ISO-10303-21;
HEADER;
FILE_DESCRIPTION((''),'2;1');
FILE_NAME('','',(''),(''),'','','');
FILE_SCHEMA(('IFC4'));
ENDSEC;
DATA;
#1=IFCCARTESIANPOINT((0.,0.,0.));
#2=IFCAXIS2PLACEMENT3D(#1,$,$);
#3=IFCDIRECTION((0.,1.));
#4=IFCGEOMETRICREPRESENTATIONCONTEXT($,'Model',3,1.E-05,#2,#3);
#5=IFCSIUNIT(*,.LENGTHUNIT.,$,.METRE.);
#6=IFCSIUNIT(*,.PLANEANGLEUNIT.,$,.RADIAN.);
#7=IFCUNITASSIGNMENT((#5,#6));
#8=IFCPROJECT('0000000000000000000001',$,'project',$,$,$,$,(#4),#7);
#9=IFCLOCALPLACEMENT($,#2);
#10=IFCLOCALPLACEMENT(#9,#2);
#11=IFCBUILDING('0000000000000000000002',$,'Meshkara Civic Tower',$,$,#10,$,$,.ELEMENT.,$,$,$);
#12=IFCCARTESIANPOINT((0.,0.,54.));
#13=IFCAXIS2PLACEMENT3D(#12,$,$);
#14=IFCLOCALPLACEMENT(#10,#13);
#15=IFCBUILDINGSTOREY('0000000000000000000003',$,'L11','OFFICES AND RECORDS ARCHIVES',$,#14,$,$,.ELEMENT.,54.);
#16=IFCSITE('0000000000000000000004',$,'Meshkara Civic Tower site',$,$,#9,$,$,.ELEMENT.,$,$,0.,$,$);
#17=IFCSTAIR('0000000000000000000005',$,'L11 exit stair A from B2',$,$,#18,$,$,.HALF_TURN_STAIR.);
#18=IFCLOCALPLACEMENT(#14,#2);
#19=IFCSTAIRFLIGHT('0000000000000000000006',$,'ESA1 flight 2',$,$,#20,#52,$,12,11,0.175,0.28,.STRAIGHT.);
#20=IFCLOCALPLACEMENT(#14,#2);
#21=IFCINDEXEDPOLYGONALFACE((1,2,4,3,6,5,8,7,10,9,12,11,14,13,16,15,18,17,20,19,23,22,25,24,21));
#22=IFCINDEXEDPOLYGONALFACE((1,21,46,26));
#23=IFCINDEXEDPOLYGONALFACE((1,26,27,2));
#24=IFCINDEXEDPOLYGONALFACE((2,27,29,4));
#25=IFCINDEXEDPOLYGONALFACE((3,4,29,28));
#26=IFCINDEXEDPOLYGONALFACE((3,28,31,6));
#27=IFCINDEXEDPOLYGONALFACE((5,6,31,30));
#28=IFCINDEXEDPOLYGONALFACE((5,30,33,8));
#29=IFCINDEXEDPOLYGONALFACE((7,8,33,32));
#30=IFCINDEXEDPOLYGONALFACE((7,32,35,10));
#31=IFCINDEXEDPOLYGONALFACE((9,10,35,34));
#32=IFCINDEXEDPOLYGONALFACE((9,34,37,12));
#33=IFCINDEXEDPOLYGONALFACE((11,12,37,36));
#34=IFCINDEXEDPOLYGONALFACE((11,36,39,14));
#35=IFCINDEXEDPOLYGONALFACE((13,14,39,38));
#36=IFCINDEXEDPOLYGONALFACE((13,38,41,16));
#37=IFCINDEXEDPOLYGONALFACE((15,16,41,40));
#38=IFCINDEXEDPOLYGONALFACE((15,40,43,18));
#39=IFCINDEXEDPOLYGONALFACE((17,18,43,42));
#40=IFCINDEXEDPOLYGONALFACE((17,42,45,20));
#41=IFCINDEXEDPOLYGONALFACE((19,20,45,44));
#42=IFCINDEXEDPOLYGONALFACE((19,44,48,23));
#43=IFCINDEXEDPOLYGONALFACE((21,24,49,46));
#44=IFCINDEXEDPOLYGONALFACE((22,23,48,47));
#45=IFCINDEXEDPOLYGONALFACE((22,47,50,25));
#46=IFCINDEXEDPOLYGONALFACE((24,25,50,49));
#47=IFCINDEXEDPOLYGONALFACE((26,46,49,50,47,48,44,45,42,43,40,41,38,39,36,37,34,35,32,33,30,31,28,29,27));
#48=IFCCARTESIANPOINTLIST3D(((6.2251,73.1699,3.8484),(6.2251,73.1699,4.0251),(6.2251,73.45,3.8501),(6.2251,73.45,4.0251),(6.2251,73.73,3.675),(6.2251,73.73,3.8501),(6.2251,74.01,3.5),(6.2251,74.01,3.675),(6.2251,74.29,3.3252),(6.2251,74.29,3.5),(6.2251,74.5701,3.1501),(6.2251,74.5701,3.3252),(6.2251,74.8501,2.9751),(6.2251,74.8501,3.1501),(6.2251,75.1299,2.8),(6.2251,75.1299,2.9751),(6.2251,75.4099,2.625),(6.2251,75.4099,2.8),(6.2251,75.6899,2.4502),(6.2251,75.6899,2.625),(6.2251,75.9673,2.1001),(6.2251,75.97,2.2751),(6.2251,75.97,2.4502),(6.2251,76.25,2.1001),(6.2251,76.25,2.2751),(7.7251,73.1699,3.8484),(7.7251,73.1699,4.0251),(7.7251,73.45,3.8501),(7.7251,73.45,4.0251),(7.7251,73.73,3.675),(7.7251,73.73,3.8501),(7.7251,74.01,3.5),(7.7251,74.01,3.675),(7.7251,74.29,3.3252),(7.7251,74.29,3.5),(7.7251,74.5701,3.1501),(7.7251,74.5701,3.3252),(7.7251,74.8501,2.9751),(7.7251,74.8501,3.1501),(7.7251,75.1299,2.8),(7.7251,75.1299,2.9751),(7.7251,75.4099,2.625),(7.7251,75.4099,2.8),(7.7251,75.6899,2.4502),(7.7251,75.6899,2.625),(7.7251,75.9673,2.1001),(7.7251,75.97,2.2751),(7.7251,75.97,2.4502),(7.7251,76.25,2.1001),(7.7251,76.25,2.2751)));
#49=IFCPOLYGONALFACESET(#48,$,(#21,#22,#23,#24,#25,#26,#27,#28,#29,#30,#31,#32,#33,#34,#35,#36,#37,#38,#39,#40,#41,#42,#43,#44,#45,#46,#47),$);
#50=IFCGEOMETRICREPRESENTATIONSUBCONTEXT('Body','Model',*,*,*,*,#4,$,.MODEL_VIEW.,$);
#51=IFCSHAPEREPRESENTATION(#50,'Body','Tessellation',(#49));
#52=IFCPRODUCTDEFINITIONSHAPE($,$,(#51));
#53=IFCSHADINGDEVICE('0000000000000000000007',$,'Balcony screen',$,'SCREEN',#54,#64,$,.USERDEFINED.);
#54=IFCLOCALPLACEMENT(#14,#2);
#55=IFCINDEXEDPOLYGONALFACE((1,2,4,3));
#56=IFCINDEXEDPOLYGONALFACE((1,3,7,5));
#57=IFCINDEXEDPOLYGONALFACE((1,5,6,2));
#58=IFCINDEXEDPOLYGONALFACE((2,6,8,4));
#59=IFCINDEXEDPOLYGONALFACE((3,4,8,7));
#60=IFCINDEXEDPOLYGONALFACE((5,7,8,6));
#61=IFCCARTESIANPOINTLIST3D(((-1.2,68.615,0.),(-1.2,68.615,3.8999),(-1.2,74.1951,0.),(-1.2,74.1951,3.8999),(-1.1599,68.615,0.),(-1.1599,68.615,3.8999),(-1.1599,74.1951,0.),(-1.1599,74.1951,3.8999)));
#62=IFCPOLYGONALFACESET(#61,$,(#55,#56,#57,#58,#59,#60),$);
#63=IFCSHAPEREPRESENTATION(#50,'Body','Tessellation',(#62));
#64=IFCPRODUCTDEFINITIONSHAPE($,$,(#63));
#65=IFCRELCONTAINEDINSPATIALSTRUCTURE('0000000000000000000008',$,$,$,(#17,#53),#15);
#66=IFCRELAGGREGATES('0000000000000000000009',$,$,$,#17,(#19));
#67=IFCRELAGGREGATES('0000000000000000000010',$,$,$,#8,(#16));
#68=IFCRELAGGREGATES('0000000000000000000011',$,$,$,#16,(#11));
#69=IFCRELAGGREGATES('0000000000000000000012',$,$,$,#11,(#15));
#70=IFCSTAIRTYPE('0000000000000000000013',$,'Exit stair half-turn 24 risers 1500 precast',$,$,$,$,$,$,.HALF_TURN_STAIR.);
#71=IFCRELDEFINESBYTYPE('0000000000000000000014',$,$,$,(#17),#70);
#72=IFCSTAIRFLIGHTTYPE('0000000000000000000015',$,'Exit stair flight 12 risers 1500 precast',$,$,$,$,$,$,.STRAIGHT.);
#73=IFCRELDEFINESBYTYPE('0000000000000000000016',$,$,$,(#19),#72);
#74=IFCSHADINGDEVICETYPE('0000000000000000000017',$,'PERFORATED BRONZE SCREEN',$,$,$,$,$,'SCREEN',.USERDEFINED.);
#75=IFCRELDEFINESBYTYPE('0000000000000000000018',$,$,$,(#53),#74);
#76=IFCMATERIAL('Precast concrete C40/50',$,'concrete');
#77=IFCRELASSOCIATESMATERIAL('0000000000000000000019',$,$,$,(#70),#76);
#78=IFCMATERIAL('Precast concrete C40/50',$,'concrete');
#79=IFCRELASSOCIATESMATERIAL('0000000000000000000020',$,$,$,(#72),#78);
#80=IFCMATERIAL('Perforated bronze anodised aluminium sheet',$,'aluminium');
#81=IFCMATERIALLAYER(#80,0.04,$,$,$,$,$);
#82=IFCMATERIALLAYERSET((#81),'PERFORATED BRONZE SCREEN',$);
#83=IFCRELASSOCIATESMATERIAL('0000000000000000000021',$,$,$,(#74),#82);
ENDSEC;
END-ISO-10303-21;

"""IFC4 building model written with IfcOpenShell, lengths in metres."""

from ifc_helpers import new_model, si_unit, direction, frame, origin, origin_2d, place, context, subcontext, project, spatial, polyline, rectangle, outline, extrude, material, layer, layer_set, type_object, element, aggregate, save


model = new_model("IFC4")

# Units and contexts
model_context = context("Model", 3, precision=1e-05, world=origin(), true_north=direction((0.0, 1.0)))
body_context = subcontext(model_context, "Body", "Model", "MODEL_VIEW")
ifc_project = project(units=[si_unit("LENGTHUNIT", "METRE"), si_unit("PLANEANGLEUNIT", "RADIAN")], contexts=[model_context])

# Site, building, storey
site_placement = place(None, origin())
site = spatial("IfcSite", under=ifc_project, at=site_placement, Name="Meshkara Civic Tower site", CompositionType="ELEMENT", RefElevation=0.0)
building_placement = place(site_placement, origin())
building = spatial("IfcBuilding", under=site, at=building_placement, Name="Meshkara Civic Tower", CompositionType="ELEMENT")
storey_placement = place(building_placement, frame((0.0, 0.0, 54.0)))
storey = spatial("IfcBuildingStorey", under=building, at=storey_placement, Name="L11", Description="OFFICES AND RECORDS ARCHIVES", CompositionType="ELEMENT", Elevation=54.0)

# Stair, stair flight
ifc_material_1 = material(Name="Precast concrete C40/50", Category="concrete")
stair_type = type_object("IfcStairType", Name="Exit stair half-turn 24 risers 1500 precast", PredefinedType="HALF_TURN_STAIR", material=ifc_material_1)
stair_placement = place(storey_placement, origin())
stair = element("IfcStair", 1, at=stair_placement, inside=storey, type_object=stair_type, Name="L11 exit stair A from B2", PredefinedType="HALF_TURN_STAIR")
ifc_material_2 = material(Name="Precast concrete C40/50", Category="concrete")
stair_flight_type = type_object("IfcStairFlightType", Name="Exit stair flight 12 risers 1500 precast", PredefinedType="STRAIGHT", material=ifc_material_2)
stair_flight_placement = place(storey_placement, frame((6.9751, 76.25, 2.1001), z_axis=(0.0, 0.0, 1.0), x_axis=(0.0, -1.0, 0.0)))
stair_flight = element("IfcStairFlight", 2, at=stair_flight_placement, type_object=stair_flight_type, Name="ESA1 flight 2", NumberOfRisers=12, NumberOfTreads=11, PredefinedType="STRAIGHT", RiserHeight=0.175, TreadLength=0.28, context=body_context, shape_type="SweptSolid", body=[
    extrude(outline(polyline([(0.0, 0.0), (0.0, 0.175), (0.28, 0.175), (0.28, 0.3501), (0.5601, 0.3501), (0.5601, 0.5249), (0.8401, 0.5249), (0.8401, 0.7), (1.1201, 0.7), (1.1201, 0.875), (1.3999, 0.875), (1.3999, 1.05), (1.6799, 1.05), (1.6799, 1.2251), (1.96, 1.2251), (1.96, 1.3999), (2.24, 1.3999), (2.24, 1.575), (2.52, 1.575), (2.52, 1.75), (2.8, 1.75), (2.8, 1.925), (3.0801, 1.925), (3.0801, 2.1001), (3.0801, 1.7483), (0.2827, 0.0), (0.0, 0.0)])), frame((0.0, 0.75, 0.0), z_axis=(0.0, -1.0, 0.0), x_axis=(1.0, 0.0, 0.0)), (0.0, 0.0, 1.0), 1.5),
])
aggregate(stair, [stair_flight])

# Shading device
ifc_material_3 = material(Name="Perforated bronze anodised aluminium sheet", Category="aluminium")
ifc_layer_1 = layer(ifc_material_3, 0.04)
ifc_layer_set_1 = layer_set([ifc_layer_1], Name="PERFORATED BRONZE SCREEN")
shading_device_type = type_object("IfcShadingDeviceType", Name="PERFORATED BRONZE SCREEN", ElementType="SCREEN", PredefinedType="USERDEFINED", material=ifc_layer_set_1)
shading_device_placement = place(storey_placement, frame((-1.1799, 71.405, 0.0), z_axis=(0.0, 0.0, 1.0), x_axis=(0.0, -1.0, 0.0)))
element("IfcShadingDevice", 3, at=shading_device_placement, inside=storey, type_object=shading_device_type, Name="Balcony screen", ObjectType="SCREEN", PredefinedType="USERDEFINED", context=body_context, shape_type="SweptSolid", body=[
    extrude(rectangle(XDim=5.5801, YDim=0.04, at=origin_2d()), origin(), (0.0, 0.0, 1.0), 3.8999),
])

save(model, "model.ifc")
